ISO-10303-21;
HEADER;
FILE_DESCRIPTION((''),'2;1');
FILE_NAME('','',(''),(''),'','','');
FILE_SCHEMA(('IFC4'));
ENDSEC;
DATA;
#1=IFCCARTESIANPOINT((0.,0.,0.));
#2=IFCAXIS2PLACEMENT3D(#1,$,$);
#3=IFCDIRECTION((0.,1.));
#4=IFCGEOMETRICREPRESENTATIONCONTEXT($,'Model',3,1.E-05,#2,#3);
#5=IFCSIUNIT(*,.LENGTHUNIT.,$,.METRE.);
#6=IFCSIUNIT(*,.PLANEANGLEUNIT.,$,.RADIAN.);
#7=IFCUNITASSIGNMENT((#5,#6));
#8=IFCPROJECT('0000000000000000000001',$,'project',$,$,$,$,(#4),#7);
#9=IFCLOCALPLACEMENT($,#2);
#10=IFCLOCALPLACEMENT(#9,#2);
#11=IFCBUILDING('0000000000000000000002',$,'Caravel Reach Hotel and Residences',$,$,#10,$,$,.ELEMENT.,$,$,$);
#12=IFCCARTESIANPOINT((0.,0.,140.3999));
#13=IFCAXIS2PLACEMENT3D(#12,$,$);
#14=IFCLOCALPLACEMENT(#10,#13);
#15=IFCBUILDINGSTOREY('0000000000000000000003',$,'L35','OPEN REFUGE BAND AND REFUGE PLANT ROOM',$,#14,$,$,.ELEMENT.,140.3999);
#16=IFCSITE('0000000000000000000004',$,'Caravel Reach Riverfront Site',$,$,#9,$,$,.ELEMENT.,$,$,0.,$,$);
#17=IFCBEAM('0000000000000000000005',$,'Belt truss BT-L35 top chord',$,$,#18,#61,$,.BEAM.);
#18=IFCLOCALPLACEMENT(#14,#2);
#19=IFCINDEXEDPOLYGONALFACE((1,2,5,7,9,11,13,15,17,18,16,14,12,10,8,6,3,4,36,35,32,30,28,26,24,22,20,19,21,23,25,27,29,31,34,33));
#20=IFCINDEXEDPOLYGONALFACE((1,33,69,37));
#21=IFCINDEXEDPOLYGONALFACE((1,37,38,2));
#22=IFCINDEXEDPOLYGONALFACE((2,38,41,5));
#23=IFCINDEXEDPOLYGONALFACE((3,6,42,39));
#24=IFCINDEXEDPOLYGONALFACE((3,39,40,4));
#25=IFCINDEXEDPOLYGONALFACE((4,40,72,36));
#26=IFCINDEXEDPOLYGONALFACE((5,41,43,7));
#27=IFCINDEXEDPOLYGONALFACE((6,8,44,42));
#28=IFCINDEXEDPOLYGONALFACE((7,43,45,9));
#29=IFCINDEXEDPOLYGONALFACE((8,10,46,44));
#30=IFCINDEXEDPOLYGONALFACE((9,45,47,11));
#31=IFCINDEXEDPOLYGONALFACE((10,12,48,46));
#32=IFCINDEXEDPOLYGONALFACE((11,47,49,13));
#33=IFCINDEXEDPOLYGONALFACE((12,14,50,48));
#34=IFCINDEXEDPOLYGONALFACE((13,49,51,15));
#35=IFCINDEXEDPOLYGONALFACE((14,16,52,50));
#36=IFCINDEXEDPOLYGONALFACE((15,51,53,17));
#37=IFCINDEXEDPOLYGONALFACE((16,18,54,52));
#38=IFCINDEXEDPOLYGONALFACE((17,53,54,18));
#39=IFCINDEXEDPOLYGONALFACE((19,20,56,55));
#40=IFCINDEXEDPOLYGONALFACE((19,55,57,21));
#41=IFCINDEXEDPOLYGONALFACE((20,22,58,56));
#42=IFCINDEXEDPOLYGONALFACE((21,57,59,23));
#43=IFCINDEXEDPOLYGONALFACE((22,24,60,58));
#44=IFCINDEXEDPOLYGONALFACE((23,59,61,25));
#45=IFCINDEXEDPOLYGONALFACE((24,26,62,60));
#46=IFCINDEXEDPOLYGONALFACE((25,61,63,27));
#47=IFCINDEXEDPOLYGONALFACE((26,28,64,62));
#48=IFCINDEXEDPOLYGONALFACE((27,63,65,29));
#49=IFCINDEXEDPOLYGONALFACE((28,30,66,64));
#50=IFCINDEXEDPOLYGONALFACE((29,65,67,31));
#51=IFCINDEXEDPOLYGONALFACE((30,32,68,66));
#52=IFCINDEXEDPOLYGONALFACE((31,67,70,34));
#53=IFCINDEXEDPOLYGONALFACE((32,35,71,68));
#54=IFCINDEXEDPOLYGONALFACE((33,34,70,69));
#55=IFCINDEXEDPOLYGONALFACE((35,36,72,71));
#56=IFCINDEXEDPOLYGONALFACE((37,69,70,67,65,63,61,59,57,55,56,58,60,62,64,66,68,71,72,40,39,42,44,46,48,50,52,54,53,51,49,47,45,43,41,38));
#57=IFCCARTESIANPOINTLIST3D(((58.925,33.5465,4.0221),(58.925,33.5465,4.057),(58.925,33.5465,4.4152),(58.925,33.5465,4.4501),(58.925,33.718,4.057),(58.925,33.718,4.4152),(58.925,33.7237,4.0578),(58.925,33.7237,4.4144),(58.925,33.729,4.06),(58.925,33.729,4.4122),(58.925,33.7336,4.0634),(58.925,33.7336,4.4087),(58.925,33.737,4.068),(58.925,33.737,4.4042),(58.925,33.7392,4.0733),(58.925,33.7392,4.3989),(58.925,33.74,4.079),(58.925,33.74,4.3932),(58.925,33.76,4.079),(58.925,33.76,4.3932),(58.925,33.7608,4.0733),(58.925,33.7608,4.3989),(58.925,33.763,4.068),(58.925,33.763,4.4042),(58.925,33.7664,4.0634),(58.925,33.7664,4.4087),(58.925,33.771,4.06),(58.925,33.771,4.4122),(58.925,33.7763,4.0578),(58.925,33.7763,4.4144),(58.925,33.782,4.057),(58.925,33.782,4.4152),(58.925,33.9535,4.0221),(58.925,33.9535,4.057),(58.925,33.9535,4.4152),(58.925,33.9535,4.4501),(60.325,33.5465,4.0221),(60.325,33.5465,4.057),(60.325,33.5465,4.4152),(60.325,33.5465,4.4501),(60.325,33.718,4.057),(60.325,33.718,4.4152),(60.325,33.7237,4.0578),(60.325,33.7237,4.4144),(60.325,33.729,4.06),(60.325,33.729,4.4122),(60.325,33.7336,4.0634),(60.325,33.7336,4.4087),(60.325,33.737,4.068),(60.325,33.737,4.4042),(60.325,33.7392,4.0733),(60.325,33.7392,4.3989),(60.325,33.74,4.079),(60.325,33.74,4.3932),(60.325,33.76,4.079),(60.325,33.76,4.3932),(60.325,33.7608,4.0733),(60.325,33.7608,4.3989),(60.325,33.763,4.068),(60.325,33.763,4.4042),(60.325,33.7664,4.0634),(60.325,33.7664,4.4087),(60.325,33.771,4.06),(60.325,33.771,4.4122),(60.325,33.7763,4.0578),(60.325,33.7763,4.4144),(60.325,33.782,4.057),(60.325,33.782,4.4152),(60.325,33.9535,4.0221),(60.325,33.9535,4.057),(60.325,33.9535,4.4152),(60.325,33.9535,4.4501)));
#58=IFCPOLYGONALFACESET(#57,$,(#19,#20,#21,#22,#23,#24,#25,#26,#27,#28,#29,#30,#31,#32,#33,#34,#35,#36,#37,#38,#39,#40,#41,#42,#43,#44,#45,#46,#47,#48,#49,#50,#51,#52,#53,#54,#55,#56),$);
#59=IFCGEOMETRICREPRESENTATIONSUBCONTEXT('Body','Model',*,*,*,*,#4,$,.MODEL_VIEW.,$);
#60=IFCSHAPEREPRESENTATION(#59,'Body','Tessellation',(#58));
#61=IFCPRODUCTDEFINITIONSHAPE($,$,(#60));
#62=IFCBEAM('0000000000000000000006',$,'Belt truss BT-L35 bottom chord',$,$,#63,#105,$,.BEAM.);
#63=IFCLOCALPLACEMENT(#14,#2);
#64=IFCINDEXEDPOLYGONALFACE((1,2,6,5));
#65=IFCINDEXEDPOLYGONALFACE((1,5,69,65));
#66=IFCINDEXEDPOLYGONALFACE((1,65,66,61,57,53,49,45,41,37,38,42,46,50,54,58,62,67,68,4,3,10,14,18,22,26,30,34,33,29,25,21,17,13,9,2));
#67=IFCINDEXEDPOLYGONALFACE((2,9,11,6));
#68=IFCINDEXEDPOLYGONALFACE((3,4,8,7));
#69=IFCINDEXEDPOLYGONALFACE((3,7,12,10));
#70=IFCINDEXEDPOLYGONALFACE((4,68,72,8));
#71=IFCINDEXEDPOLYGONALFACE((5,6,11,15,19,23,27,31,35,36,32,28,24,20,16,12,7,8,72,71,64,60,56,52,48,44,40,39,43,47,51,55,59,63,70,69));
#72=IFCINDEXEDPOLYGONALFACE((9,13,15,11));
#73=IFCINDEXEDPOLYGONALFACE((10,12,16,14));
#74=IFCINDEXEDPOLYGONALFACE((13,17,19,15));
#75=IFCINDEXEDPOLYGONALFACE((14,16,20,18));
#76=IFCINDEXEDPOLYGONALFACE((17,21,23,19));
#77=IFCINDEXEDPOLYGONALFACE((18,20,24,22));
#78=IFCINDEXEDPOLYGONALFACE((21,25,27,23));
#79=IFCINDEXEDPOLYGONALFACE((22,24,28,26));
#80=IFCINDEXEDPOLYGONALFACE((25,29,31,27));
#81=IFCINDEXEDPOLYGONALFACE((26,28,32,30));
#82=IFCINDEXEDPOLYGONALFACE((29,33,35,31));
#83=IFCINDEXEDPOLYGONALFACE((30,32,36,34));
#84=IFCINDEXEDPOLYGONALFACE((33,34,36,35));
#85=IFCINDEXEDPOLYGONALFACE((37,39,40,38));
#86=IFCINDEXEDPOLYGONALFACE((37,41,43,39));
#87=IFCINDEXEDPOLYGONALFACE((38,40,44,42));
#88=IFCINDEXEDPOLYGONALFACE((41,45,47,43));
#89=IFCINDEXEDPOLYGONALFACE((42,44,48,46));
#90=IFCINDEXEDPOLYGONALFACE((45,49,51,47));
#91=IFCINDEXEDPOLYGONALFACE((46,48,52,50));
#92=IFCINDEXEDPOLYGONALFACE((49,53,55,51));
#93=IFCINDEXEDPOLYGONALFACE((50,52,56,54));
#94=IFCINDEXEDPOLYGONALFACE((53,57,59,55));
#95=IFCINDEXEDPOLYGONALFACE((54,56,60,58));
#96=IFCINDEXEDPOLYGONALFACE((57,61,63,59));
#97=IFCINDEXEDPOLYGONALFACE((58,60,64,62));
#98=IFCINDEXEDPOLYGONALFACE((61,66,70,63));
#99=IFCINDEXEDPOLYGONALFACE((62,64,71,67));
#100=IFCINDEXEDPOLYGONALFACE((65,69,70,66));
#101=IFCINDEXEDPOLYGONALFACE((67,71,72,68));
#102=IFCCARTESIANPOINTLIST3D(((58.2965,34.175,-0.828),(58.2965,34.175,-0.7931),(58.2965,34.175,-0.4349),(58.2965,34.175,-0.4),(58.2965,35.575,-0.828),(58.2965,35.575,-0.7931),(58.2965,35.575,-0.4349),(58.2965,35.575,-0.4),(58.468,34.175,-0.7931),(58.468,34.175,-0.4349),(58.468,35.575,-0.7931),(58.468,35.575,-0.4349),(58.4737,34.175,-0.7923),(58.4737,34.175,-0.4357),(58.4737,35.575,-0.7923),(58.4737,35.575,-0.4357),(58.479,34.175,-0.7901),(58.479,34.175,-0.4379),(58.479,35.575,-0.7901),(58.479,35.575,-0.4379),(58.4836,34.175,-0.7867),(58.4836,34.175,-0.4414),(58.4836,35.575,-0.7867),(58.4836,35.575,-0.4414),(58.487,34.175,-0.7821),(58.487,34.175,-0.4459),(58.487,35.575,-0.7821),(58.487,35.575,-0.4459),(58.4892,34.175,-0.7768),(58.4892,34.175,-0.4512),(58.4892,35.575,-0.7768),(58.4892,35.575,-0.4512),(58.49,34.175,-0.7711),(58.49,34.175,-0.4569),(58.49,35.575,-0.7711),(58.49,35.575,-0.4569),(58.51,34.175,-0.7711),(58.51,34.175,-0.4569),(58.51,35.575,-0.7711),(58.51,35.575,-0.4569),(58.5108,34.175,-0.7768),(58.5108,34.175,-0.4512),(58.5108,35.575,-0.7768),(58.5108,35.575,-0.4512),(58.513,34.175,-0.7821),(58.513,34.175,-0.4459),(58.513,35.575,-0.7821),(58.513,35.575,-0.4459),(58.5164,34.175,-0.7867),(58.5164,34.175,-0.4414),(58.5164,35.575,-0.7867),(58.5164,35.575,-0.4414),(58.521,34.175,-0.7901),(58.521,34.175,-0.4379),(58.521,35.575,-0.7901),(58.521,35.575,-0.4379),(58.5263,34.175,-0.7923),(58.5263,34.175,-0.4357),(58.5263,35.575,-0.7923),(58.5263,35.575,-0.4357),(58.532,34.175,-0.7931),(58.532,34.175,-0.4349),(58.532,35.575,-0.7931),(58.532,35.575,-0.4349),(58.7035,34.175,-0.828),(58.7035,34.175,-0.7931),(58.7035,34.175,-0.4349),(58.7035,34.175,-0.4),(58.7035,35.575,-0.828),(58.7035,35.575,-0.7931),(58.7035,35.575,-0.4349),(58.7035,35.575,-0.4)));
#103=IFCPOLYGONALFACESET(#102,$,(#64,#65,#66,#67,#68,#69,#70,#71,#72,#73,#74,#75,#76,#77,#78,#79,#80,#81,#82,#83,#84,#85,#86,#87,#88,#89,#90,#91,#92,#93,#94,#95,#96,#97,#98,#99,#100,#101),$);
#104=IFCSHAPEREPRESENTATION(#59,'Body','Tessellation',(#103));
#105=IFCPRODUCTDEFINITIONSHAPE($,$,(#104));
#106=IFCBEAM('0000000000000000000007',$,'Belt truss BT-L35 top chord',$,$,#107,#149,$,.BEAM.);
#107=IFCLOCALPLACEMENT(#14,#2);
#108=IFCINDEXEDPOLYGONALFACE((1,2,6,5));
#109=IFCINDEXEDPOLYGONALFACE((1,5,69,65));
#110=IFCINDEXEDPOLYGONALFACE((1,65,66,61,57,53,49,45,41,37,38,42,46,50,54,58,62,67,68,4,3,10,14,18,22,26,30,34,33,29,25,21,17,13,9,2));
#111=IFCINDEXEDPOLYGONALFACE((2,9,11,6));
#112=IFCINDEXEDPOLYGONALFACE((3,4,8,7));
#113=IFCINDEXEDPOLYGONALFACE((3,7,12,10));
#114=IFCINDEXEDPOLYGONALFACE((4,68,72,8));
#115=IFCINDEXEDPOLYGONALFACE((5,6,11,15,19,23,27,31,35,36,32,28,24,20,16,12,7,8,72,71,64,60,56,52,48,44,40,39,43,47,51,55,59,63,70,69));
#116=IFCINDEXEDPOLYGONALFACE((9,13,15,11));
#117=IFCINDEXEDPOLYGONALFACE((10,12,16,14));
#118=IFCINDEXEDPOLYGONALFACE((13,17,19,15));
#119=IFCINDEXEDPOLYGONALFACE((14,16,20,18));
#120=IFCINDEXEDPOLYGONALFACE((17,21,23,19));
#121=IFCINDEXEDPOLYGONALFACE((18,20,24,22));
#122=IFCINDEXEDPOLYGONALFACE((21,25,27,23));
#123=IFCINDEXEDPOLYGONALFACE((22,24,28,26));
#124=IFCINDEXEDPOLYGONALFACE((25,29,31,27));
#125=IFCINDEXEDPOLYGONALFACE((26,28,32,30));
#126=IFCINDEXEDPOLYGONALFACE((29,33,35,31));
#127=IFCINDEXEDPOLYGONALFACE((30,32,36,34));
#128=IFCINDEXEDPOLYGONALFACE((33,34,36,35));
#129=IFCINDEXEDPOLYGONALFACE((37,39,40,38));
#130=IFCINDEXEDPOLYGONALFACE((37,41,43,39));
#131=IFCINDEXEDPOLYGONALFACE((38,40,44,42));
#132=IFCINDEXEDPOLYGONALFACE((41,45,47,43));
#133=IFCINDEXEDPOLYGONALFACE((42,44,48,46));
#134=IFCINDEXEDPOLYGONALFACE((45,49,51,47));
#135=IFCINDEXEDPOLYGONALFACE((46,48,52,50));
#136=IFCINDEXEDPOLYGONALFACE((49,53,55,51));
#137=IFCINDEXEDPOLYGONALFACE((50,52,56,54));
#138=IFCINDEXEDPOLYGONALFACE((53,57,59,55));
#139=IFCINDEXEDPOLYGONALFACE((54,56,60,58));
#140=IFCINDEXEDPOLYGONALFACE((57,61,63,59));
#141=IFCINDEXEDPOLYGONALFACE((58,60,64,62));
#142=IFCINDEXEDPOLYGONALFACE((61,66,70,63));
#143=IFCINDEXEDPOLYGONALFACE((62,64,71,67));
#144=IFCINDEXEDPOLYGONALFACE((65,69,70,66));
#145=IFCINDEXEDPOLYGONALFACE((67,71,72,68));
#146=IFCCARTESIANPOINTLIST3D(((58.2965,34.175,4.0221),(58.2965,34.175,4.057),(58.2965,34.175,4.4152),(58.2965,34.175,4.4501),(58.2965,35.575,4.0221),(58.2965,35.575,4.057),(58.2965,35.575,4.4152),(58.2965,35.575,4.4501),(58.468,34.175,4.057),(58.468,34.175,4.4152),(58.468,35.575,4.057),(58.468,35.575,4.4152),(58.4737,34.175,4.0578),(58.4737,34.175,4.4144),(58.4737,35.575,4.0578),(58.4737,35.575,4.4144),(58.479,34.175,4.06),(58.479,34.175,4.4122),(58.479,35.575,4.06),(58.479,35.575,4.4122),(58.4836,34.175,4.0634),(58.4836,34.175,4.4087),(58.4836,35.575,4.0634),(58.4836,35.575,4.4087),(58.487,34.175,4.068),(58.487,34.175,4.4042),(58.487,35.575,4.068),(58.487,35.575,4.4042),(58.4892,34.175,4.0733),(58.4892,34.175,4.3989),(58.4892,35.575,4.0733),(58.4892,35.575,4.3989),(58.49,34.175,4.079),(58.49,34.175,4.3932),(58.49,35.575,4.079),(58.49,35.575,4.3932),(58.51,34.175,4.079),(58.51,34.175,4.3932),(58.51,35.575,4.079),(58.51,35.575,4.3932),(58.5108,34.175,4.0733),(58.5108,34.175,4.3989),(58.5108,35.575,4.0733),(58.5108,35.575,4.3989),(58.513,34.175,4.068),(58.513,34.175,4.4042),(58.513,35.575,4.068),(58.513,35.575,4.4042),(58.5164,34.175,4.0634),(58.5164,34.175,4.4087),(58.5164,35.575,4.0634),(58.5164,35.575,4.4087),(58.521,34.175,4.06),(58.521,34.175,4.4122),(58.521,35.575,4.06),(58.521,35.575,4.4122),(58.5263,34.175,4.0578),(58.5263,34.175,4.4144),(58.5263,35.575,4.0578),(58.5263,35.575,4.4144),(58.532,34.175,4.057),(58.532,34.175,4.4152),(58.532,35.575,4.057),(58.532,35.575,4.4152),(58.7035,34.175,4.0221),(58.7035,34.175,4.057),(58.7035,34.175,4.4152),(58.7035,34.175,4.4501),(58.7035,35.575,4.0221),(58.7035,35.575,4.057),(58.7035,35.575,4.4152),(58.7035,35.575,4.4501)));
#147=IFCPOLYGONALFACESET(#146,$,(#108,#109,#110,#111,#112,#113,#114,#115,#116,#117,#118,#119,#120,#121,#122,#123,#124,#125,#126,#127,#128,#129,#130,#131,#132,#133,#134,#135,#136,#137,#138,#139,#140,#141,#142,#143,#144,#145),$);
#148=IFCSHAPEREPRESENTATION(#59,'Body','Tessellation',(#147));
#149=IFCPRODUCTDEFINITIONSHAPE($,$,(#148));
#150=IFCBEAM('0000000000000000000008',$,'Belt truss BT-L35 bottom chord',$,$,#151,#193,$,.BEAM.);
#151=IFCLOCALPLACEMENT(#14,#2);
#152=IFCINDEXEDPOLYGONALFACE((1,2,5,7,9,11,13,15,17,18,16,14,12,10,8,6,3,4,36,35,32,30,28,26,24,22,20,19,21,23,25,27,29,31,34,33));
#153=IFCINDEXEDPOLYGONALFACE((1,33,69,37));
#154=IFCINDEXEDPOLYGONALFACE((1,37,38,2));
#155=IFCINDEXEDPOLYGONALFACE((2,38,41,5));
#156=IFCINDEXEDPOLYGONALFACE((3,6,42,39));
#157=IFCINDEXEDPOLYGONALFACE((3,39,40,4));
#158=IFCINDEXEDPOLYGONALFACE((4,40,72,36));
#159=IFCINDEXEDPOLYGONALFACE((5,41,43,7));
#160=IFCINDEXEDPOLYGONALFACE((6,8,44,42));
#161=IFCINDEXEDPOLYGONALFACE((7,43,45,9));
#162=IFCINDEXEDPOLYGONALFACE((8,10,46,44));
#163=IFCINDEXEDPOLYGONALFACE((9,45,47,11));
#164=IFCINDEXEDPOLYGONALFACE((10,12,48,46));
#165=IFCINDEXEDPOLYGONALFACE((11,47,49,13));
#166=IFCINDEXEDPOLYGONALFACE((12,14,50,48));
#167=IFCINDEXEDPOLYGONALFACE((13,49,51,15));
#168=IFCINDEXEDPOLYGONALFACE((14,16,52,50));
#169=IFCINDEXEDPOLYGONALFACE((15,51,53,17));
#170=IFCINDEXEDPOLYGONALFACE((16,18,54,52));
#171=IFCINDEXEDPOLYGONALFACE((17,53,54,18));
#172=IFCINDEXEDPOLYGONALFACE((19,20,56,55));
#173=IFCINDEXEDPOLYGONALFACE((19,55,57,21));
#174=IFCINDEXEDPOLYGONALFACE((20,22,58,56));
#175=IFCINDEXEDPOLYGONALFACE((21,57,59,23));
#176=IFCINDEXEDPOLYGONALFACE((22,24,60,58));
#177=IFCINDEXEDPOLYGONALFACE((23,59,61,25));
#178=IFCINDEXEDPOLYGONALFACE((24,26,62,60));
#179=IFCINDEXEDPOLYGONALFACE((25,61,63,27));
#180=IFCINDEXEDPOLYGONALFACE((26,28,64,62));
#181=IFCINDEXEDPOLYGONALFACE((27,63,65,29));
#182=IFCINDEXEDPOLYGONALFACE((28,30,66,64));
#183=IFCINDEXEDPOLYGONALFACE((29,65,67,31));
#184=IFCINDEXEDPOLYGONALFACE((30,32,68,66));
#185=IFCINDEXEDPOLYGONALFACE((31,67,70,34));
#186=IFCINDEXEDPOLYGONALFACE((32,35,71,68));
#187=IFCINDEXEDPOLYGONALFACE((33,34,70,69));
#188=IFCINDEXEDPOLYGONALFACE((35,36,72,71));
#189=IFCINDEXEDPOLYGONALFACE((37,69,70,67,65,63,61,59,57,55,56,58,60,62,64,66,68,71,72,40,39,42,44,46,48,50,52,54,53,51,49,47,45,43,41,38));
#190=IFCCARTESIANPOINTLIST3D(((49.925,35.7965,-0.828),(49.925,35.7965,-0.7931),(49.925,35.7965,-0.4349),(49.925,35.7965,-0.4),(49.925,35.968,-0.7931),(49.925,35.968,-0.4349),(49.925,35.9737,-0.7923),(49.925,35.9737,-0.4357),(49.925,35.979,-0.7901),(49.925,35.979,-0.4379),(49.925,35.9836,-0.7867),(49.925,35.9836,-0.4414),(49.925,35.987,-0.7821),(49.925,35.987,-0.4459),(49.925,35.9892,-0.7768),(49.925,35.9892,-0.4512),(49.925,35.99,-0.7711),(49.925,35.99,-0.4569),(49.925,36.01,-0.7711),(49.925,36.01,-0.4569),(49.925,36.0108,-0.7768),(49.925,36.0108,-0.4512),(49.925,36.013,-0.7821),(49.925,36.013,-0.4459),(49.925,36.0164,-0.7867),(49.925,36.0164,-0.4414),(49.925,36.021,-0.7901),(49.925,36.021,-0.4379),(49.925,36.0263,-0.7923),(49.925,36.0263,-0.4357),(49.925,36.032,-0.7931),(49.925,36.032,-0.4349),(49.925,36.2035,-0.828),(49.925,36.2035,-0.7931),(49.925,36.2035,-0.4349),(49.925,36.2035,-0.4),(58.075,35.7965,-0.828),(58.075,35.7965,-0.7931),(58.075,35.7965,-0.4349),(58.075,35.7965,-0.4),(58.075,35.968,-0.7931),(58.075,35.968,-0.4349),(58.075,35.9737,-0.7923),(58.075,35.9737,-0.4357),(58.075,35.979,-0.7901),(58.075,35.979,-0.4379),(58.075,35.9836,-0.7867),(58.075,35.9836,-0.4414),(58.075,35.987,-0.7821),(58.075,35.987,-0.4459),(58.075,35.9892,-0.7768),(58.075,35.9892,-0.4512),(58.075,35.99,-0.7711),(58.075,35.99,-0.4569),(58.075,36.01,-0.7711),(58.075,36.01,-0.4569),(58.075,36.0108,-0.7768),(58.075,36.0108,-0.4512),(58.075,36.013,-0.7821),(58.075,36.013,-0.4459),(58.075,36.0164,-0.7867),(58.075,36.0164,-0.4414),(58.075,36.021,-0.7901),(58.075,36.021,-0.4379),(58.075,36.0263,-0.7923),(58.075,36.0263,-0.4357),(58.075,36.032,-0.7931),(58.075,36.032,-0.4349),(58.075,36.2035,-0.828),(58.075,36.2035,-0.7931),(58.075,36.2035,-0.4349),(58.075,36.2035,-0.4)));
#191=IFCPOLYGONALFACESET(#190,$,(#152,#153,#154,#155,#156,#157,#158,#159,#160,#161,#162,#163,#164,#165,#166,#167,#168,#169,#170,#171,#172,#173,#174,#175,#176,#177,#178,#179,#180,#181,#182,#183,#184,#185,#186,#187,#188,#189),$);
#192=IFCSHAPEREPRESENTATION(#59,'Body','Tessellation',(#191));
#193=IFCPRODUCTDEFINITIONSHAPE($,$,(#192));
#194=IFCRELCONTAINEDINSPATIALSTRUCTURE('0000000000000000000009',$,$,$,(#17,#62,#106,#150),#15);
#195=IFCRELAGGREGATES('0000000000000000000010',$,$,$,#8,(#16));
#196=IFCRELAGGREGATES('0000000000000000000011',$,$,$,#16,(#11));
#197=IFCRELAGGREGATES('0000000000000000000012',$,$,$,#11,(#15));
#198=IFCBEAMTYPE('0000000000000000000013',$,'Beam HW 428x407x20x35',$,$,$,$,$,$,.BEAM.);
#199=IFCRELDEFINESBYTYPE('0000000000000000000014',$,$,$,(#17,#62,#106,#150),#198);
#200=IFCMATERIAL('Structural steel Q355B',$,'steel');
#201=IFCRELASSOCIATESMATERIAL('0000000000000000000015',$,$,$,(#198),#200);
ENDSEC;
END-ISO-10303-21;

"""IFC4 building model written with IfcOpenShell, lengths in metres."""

from ifc_helpers import new_model, si_unit, direction, frame, origin, origin_2d, place, context, subcontext, project, spatial, i_section, extrude, material, material_profile, profile_set, type_object, element, save


model = new_model("IFC4")

# Units and contexts
model_context = context("Model", 3, precision=1e-05, world=origin(), true_north=direction((0.0, 1.0)))
body_context = subcontext(model_context, "Body", "Model", "MODEL_VIEW")
ifc_project = project(units=[si_unit("LENGTHUNIT", "METRE"), si_unit("PLANEANGLEUNIT", "RADIAN")], contexts=[model_context])

# Site, building, storey
site_placement = place(None, origin())
site = spatial("IfcSite", under=ifc_project, at=site_placement, Name="Caravel Reach Riverfront Site", CompositionType="ELEMENT", RefElevation=0.0)
building_placement = place(site_placement, origin())
building = spatial("IfcBuilding", under=site, at=building_placement, Name="Caravel Reach Hotel and Residences", CompositionType="ELEMENT")
storey_placement = place(building_placement, frame((0.0, 0.0, 140.3999)))
storey = spatial("IfcBuildingStorey", under=building, at=storey_placement, Name="L35", Description="OPEN REFUGE BAND AND REFUGE PLANT ROOM", CompositionType="ELEMENT", Elevation=140.3999)

# Beams
ifc_material_1 = material(Name="Structural steel Q355B", Category="steel")
ifc_material_profile_1 = material_profile(ifc_material_1, i_section(OverallWidth=0.407, OverallDepth=0.428, WebThickness=0.02, FlangeThickness=0.0349, FilletRadius=0.022, at=origin_2d()), Name="HW 428x407x20x35")
ifc_profile_set_1 = profile_set([ifc_material_profile_1], Name="Structural steel Q355B")
beam_type = type_object("IfcBeamType", Name="Beam HW 428x407x20x35", PredefinedType="BEAM", material=ifc_profile_set_1)
for number, where, z_axis, x_axis, name in (
    (1, (60.325, 33.75, 4.2361), (-1.0, 0.0, 0.0), (0.0, -1.0, 0.0), "Belt truss BT-L35 top chord"),
    (2, (58.5, 34.175, -0.614), (0.0, 1.0, 0.0), (-1.0, 0.0, 0.0), "Belt truss BT-L35 bottom chord"),
    (3, (58.5, 34.175, 4.2361), (0.0, 1.0, 0.0), (-1.0, 0.0, 0.0), "Belt truss BT-L35 top chord"),
):
    element("IfcBeam", number, at=place(storey_placement, frame(where, z_axis=z_axis, x_axis=x_axis)), inside=storey, type_object=beam_type, Name=name, PredefinedType="BEAM", context=body_context, shape_type="SweptSolid", body=[
        extrude(i_section(OverallWidth=0.407, OverallDepth=0.428, WebThickness=0.02, FlangeThickness=0.0349, FilletRadius=0.022, at=origin_2d()), origin(), (0.0, 0.0, 1.0), 1.3999),
    ])
for number, where, z_axis, x_axis, name in (
    (4, (58.075, 36.0, -0.614), (-1.0, 0.0, 0.0), (0.0, -1.0, 0.0), "Belt truss BT-L35 bottom chord"),
):
    element("IfcBeam", number, at=place(storey_placement, frame(where, z_axis=z_axis, x_axis=x_axis)), inside=storey, type_object=beam_type, Name=name, PredefinedType="BEAM", context=body_context, shape_type="SweptSolid", body=[
        extrude(i_section(OverallWidth=0.407, OverallDepth=0.428, WebThickness=0.02, FlangeThickness=0.0349, FilletRadius=0.022, at=origin_2d()), origin(), (0.0, 0.0, 1.0), 8.1499),
    ])

save(model, "model.ifc")
